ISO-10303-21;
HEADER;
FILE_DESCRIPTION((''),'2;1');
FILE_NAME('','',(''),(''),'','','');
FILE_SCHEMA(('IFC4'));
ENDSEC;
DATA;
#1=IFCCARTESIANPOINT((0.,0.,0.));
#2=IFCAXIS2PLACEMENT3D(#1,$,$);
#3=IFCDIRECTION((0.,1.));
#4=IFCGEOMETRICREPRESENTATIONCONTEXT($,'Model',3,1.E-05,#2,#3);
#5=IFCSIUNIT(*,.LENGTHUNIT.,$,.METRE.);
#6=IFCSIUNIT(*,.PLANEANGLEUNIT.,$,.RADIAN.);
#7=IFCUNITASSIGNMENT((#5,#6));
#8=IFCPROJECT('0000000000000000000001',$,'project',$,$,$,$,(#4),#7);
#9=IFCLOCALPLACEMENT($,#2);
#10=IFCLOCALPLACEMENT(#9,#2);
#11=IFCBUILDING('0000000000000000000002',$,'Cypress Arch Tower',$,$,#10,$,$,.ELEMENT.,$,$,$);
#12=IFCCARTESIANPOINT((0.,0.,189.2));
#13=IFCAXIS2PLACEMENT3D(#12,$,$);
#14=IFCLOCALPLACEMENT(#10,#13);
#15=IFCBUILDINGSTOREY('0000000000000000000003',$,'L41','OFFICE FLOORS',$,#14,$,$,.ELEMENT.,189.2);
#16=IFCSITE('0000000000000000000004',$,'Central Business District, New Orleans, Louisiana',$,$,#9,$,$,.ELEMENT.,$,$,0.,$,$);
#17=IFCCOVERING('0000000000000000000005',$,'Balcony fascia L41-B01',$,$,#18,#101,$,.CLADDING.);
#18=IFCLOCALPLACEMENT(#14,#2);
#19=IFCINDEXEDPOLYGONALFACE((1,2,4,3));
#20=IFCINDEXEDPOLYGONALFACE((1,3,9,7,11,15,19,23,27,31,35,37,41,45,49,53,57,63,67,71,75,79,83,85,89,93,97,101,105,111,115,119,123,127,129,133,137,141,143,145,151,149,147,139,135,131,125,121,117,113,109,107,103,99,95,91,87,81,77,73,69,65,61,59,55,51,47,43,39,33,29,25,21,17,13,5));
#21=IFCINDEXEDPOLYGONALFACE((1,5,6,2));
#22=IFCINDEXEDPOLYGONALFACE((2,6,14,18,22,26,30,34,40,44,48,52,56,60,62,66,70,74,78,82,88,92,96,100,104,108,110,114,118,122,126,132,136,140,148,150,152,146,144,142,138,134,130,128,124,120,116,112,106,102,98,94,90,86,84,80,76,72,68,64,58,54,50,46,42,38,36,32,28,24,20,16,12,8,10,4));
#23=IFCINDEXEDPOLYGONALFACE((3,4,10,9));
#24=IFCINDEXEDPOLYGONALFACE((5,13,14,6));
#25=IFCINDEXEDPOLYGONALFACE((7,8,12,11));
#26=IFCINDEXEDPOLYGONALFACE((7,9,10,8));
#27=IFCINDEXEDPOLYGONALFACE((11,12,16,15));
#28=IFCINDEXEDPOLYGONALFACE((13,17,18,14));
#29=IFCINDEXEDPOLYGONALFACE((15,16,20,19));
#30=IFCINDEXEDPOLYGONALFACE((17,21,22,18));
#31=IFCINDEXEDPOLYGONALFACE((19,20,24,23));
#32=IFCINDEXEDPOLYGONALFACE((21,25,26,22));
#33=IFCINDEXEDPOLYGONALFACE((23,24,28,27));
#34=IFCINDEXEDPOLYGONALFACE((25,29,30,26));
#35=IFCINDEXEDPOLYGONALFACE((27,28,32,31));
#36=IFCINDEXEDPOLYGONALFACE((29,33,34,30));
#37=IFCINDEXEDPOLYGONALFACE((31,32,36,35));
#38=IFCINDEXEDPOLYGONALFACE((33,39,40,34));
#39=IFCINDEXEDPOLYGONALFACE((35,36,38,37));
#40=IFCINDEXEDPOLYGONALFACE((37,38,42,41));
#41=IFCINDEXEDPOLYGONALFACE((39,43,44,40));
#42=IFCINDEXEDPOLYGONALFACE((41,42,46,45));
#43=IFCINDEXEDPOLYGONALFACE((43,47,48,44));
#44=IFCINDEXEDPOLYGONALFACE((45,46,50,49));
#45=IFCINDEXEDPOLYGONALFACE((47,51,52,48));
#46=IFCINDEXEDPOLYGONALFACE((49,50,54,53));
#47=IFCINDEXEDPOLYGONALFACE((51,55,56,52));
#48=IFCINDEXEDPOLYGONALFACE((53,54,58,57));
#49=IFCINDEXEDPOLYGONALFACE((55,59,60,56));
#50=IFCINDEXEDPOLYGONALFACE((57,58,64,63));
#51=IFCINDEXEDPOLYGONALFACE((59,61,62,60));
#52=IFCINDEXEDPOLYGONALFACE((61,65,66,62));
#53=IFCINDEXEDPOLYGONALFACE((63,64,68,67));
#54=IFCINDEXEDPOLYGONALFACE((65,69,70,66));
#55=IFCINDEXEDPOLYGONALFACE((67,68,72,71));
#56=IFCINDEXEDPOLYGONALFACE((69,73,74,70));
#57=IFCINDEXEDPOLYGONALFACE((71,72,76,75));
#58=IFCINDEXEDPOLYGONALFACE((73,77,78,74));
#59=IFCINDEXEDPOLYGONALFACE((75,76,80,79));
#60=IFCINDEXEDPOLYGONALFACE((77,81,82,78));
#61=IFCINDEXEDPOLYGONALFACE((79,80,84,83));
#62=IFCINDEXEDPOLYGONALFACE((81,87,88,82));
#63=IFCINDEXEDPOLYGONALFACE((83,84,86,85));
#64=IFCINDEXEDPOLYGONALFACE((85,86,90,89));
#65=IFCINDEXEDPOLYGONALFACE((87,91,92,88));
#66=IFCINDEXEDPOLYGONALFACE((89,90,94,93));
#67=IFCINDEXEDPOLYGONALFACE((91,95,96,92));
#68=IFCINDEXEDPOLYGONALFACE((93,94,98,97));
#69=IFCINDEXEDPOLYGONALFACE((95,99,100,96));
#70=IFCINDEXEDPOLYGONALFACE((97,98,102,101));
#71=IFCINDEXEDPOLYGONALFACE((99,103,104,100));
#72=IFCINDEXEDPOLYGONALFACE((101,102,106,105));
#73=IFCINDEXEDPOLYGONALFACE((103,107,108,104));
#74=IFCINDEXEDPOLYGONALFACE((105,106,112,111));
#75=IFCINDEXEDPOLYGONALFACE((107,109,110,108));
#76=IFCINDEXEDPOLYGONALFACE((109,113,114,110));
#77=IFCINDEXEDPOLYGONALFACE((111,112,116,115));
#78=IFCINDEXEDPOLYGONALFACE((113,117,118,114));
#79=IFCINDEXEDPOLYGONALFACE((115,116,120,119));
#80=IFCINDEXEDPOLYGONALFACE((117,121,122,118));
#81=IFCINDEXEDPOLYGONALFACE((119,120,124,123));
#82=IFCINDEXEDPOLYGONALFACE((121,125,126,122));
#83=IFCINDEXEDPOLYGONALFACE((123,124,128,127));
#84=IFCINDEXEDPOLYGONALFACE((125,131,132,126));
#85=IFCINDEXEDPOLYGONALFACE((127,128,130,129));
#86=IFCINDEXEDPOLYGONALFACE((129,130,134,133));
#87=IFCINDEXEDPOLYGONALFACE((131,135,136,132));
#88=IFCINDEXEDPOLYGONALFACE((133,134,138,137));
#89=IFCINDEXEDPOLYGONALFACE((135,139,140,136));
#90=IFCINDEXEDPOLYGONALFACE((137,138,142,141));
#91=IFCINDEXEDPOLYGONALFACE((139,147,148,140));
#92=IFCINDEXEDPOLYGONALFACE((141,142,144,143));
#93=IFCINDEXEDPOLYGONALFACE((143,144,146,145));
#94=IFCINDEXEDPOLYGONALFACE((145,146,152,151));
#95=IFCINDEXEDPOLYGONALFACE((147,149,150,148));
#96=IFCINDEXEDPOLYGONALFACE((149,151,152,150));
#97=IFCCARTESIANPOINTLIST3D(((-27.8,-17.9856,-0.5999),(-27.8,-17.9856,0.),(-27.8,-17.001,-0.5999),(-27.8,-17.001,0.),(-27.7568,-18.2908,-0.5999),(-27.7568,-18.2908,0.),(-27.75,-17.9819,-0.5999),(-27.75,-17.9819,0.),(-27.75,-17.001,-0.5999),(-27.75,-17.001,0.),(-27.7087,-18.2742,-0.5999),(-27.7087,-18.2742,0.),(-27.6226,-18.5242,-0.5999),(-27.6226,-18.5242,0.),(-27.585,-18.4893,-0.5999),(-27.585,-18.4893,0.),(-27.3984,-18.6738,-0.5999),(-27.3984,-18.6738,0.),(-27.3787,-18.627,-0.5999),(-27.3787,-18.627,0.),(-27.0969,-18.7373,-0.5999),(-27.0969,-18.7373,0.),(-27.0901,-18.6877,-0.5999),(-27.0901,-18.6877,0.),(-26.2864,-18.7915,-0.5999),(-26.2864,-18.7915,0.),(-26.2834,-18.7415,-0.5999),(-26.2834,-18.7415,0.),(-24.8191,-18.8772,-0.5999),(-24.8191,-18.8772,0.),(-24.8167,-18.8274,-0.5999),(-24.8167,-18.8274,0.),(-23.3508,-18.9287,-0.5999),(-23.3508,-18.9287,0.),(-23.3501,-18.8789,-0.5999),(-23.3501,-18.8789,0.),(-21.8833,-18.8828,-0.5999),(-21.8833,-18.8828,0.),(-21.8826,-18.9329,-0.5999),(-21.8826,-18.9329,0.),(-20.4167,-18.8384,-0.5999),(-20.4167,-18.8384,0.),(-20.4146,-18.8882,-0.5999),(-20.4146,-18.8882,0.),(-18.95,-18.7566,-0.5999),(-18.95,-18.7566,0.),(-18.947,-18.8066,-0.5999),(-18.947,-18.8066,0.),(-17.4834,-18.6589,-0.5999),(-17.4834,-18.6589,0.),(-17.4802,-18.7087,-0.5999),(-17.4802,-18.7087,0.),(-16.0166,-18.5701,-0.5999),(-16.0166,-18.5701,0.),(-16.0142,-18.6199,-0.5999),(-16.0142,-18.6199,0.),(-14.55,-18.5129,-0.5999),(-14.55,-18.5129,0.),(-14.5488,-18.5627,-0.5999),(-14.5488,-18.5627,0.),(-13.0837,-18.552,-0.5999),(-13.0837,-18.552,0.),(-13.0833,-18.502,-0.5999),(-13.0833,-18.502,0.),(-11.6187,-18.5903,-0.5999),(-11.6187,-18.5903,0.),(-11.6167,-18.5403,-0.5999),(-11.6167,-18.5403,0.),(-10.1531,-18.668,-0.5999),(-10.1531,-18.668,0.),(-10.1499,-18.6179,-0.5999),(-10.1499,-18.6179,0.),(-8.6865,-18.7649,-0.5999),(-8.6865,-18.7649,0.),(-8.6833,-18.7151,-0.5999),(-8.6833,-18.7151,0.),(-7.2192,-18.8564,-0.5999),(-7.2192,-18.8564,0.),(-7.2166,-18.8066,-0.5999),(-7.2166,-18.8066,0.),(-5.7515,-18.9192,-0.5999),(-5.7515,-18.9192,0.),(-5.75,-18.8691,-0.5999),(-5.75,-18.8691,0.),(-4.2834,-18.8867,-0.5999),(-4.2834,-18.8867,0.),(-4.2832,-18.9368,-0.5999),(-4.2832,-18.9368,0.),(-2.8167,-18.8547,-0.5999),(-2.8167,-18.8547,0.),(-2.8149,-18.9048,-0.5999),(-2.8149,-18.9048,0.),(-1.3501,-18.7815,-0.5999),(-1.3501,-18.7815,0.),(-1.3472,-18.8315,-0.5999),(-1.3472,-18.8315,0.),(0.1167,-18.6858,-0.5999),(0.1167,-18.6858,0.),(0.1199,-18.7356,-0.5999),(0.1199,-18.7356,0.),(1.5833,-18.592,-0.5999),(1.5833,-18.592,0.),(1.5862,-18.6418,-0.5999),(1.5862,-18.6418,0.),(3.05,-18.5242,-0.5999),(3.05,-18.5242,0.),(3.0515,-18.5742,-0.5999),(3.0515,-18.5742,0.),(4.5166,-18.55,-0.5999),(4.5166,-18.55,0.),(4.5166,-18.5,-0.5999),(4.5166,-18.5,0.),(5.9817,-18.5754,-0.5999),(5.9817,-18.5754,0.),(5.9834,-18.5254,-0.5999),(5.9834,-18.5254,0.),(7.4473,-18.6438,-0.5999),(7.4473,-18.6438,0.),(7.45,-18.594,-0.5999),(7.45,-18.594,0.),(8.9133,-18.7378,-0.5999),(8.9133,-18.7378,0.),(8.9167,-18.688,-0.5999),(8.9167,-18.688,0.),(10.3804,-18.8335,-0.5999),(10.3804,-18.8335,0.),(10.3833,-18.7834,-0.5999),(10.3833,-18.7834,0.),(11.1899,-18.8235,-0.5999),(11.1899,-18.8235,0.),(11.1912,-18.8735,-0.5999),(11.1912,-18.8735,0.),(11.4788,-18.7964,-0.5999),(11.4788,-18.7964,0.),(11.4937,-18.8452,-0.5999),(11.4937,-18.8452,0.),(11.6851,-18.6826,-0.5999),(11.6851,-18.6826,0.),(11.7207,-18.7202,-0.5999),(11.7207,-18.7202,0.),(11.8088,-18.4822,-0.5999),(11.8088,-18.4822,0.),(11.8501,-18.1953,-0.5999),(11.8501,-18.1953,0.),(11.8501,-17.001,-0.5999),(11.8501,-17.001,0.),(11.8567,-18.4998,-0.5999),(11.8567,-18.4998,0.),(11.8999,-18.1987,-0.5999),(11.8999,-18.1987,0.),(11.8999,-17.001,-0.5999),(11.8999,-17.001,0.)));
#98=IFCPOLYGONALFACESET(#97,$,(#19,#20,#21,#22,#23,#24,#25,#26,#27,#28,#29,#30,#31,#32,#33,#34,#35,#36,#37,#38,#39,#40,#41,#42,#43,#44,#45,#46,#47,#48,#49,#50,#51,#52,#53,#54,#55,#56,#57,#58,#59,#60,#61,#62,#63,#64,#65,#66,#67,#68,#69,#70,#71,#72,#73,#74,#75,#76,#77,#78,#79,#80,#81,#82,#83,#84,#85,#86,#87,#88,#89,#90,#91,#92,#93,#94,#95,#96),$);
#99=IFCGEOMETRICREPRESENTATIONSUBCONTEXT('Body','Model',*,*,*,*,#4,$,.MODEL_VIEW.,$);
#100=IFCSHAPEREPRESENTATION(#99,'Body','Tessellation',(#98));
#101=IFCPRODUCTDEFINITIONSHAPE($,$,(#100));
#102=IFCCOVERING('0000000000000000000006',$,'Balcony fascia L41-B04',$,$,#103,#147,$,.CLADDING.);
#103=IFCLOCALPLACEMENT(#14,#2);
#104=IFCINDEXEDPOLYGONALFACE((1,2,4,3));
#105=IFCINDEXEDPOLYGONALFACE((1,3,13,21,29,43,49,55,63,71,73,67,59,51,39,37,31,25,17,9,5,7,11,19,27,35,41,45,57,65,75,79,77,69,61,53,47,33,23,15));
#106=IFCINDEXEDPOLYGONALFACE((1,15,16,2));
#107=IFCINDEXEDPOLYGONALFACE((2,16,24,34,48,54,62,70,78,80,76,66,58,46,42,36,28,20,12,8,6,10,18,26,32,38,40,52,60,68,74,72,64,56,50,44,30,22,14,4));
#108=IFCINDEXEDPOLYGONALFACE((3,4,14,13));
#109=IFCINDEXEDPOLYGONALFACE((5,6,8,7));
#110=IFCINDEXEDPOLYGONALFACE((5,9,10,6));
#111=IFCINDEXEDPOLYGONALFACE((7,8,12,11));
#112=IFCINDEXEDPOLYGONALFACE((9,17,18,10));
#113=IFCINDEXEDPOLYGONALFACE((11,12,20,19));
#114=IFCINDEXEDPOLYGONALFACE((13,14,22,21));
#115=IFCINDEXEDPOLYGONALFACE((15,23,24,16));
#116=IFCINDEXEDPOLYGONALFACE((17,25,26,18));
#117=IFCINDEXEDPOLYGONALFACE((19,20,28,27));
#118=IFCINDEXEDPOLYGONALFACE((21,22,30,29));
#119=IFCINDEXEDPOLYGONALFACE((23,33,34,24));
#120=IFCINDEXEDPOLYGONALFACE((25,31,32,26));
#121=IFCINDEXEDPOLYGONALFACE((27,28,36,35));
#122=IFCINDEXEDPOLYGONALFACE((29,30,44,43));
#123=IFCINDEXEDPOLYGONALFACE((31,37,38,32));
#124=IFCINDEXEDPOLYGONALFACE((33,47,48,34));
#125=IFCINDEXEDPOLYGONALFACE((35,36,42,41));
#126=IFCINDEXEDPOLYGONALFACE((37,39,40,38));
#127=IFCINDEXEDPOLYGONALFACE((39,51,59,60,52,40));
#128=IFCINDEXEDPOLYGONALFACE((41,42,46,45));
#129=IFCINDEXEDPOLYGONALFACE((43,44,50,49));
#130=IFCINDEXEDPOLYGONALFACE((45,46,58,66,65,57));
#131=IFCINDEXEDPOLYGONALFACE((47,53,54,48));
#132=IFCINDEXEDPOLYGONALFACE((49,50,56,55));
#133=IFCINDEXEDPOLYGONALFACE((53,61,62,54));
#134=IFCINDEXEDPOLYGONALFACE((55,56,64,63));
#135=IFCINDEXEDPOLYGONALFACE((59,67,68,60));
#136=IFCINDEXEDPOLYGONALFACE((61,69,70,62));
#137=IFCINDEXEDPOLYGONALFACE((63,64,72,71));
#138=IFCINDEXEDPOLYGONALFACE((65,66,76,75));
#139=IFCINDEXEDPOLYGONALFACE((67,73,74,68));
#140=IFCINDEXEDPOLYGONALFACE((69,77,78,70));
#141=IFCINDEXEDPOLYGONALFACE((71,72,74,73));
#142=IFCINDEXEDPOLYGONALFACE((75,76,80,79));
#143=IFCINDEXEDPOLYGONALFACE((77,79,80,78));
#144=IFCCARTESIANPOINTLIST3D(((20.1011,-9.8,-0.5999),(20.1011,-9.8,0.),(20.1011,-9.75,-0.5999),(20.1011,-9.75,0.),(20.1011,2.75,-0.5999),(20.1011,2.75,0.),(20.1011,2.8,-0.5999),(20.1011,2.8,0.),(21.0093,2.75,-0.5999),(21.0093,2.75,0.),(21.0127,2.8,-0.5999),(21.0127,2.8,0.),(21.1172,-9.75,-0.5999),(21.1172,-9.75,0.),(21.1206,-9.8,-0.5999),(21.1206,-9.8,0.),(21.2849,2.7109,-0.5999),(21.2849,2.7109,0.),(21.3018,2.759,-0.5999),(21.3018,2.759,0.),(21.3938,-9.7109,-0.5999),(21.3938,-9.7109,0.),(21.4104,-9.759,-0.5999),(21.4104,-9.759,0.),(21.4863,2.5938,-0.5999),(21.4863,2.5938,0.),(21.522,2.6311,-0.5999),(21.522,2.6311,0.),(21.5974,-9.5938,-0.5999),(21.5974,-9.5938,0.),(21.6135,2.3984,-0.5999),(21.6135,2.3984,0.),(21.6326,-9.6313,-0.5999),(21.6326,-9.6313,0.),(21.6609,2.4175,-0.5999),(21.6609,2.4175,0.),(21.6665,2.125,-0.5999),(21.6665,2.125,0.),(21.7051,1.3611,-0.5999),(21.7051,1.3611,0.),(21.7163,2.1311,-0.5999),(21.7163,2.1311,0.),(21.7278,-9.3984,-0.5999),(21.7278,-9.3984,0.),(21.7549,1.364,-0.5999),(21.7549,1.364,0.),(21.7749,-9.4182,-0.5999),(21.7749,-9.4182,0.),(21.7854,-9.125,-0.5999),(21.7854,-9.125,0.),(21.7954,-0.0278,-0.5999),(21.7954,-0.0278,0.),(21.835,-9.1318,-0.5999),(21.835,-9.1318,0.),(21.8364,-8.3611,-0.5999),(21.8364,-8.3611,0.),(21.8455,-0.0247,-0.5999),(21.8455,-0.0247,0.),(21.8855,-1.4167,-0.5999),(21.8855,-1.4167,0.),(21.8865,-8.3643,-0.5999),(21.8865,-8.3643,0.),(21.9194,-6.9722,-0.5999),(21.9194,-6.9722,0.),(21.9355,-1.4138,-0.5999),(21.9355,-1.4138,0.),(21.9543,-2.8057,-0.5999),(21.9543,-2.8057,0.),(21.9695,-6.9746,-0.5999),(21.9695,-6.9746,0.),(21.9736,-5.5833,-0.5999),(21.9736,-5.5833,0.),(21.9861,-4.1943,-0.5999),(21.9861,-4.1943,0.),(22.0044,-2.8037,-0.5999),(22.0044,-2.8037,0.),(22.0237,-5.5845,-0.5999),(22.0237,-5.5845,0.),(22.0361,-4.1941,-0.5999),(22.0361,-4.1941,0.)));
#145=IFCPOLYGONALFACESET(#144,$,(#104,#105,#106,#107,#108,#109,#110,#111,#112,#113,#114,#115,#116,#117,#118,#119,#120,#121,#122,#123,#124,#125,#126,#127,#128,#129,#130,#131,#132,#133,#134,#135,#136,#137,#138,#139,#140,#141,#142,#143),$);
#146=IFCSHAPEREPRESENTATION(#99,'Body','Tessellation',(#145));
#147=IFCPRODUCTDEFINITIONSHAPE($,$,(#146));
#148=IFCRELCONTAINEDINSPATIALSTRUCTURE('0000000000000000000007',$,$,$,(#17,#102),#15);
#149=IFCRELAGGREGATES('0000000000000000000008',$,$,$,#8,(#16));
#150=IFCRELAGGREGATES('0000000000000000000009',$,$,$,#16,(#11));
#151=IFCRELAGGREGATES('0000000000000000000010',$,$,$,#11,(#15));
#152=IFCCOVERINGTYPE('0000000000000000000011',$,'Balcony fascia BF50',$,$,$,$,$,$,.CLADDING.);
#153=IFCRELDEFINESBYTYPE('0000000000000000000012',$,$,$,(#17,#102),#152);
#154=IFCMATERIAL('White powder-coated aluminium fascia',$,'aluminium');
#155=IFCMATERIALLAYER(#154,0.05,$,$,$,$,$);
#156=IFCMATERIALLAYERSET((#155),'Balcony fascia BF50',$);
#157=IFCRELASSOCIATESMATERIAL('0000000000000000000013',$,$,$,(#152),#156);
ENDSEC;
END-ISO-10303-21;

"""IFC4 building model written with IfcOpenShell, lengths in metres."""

from ifc_helpers import new_model, si_unit, direction, frame, origin, place, context, subcontext, project, spatial, polyline, outline, extrude, material, layer, layer_set, type_object, element, save


model = new_model("IFC4")

# Units and contexts
model_context = context("Model", 3, precision=1e-05, world=origin(), true_north=direction((0.0, 1.0)))
body_context = subcontext(model_context, "Body", "Model", "MODEL_VIEW")
ifc_project = project(units=[si_unit("LENGTHUNIT", "METRE"), si_unit("PLANEANGLEUNIT", "RADIAN")], contexts=[model_context])

# Site, building, storey
site_placement = place(None, origin())
site = spatial("IfcSite", under=ifc_project, at=site_placement, Name="Central Business District, New Orleans, Louisiana", CompositionType="ELEMENT", RefElevation=0.0)
building_placement = place(site_placement, origin())
building = spatial("IfcBuilding", under=site, at=building_placement, Name="Cypress Arch Tower", CompositionType="ELEMENT")
storey_placement = place(building_placement, frame((0.0, 0.0, 189.2)))
storey = spatial("IfcBuildingStorey", under=building, at=storey_placement, Name="L41", Description="OFFICE FLOORS", CompositionType="ELEMENT", Elevation=189.2)

# Coverings
ifc_material_1 = material(Name="White powder-coated aluminium fascia", Category="aluminium")
ifc_layer_1 = layer(ifc_material_1, 0.05)
ifc_layer_set_1 = layer_set([ifc_layer_1], Name="Balcony fascia BF50")
covering_type_1 = type_object("IfcCoveringType", Name="Balcony fascia BF50", PredefinedType="CLADDING", material=ifc_layer_set_1)
covering_1_placement = place(storey_placement, frame((0.0, 0.0, -0.5999)))
element("IfcCovering", 1, at=covering_1_placement, inside=storey, type_object=covering_type_1, Name="Balcony fascia L41-B01", PredefinedType="CLADDING", context=body_context, shape_type="SweptSolid", body=[
    extrude(outline(polyline([(11.8999, -18.1987), (11.8567, -18.4998), (11.7207, -18.7202), (11.4937, -18.8452), (11.1912, -18.8735), (10.3804, -18.8335), (8.9133, -18.7378), (7.4473, -18.6438), (5.9817, -18.5754), (4.5166, -18.55), (3.0515, -18.5742), (1.5862, -18.6418), (0.1199, -18.7356), (-1.3472, -18.8315), (-2.8149, -18.9048), (-4.2832, -18.9368), (-5.7515, -18.9192), (-7.2192, -18.8564), (-8.6865, -18.7649), (-10.1531, -18.668), (-11.6187, -18.5903), (-13.0837, -18.552), (-14.5488, -18.5627), (-16.0142, -18.6199), (-17.4802, -18.7087), (-18.947, -18.8066), (-20.4146, -18.8882), (-21.8826, -18.9329), (-23.3508, -18.9287), (-24.8191, -18.8772), (-26.2864, -18.7915), (-27.0969, -18.7373), (-27.3984, -18.6738), (-27.6226, -18.5242), (-27.7568, -18.2908), (-27.8, -17.9856), (-27.8, -17.001), (-27.75, -17.001), (-27.75, -17.9819), (-27.7087, -18.2742), (-27.585, -18.4893), (-27.3787, -18.627), (-27.0901, -18.6877), (-26.2834, -18.7415), (-24.8167, -18.8274), (-23.3501, -18.8789), (-21.8833, -18.8828), (-20.4167, -18.8384), (-18.95, -18.7566), (-17.4834, -18.6589), (-16.0166, -18.5701), (-14.55, -18.5129), (-13.0833, -18.502), (-11.6167, -18.5403), (-10.1499, -18.6179), (-8.6833, -18.7151), (-7.2166, -18.8066), (-5.75, -18.8691), (-4.2834, -18.8867), (-2.8167, -18.8547), (-1.3501, -18.7815), (0.1167, -18.6858), (1.5833, -18.592), (3.05, -18.5242), (4.5166, -18.5), (5.9834, -18.5254), (7.45, -18.594), (8.9167, -18.688), (10.3833, -18.7834), (11.1899, -18.8235), (11.4788, -18.7964), (11.6851, -18.6826), (11.8088, -18.4822), (11.8501, -18.1953), (11.8501, -17.001), (11.8999, -17.001), (11.8999, -18.1987)])), origin(), (0.0, 0.0, 1.0), 0.5999),
])
covering_2_placement = place(storey_placement, frame((0.0, 0.0, -0.5999)))
element("IfcCovering", 2, at=covering_2_placement, inside=storey, type_object=covering_type_1, Name="Balcony fascia L41-B04", PredefinedType="CLADDING", context=body_context, shape_type="SweptSolid", body=[
    extrude(outline(polyline([(21.0127, 2.8), (21.3018, 2.759), (21.522, 2.6311), (21.6609, 2.4175), (21.7163, 2.1311), (21.7549, 1.364), (21.8455, -0.0247), (21.9355, -1.4138), (22.0044, -2.8037), (22.0361, -4.1941), (22.0237, -5.5845), (21.9695, -6.9746), (21.8865, -8.3643), (21.835, -9.1318), (21.7749, -9.4182), (21.6326, -9.6313), (21.4104, -9.759), (21.1206, -9.8), (20.1011, -9.8), (20.1011, -9.75), (21.1172, -9.75), (21.3938, -9.7109), (21.5974, -9.5938), (21.7278, -9.3984), (21.7854, -9.125), (21.8364, -8.3611), (21.9194, -6.9722), (21.9736, -5.5833), (21.9861, -4.1943), (21.9543, -2.8057), (21.8855, -1.4167), (21.7954, -0.0278), (21.7051, 1.3611), (21.6665, 2.125), (21.6135, 2.3984), (21.4863, 2.5938), (21.2849, 2.7109), (21.0093, 2.75), (20.1011, 2.75), (20.1011, 2.8), (21.0127, 2.8)])), origin(), (0.0, 0.0, 1.0), 0.5999),
])

save(model, "model.ifc")
